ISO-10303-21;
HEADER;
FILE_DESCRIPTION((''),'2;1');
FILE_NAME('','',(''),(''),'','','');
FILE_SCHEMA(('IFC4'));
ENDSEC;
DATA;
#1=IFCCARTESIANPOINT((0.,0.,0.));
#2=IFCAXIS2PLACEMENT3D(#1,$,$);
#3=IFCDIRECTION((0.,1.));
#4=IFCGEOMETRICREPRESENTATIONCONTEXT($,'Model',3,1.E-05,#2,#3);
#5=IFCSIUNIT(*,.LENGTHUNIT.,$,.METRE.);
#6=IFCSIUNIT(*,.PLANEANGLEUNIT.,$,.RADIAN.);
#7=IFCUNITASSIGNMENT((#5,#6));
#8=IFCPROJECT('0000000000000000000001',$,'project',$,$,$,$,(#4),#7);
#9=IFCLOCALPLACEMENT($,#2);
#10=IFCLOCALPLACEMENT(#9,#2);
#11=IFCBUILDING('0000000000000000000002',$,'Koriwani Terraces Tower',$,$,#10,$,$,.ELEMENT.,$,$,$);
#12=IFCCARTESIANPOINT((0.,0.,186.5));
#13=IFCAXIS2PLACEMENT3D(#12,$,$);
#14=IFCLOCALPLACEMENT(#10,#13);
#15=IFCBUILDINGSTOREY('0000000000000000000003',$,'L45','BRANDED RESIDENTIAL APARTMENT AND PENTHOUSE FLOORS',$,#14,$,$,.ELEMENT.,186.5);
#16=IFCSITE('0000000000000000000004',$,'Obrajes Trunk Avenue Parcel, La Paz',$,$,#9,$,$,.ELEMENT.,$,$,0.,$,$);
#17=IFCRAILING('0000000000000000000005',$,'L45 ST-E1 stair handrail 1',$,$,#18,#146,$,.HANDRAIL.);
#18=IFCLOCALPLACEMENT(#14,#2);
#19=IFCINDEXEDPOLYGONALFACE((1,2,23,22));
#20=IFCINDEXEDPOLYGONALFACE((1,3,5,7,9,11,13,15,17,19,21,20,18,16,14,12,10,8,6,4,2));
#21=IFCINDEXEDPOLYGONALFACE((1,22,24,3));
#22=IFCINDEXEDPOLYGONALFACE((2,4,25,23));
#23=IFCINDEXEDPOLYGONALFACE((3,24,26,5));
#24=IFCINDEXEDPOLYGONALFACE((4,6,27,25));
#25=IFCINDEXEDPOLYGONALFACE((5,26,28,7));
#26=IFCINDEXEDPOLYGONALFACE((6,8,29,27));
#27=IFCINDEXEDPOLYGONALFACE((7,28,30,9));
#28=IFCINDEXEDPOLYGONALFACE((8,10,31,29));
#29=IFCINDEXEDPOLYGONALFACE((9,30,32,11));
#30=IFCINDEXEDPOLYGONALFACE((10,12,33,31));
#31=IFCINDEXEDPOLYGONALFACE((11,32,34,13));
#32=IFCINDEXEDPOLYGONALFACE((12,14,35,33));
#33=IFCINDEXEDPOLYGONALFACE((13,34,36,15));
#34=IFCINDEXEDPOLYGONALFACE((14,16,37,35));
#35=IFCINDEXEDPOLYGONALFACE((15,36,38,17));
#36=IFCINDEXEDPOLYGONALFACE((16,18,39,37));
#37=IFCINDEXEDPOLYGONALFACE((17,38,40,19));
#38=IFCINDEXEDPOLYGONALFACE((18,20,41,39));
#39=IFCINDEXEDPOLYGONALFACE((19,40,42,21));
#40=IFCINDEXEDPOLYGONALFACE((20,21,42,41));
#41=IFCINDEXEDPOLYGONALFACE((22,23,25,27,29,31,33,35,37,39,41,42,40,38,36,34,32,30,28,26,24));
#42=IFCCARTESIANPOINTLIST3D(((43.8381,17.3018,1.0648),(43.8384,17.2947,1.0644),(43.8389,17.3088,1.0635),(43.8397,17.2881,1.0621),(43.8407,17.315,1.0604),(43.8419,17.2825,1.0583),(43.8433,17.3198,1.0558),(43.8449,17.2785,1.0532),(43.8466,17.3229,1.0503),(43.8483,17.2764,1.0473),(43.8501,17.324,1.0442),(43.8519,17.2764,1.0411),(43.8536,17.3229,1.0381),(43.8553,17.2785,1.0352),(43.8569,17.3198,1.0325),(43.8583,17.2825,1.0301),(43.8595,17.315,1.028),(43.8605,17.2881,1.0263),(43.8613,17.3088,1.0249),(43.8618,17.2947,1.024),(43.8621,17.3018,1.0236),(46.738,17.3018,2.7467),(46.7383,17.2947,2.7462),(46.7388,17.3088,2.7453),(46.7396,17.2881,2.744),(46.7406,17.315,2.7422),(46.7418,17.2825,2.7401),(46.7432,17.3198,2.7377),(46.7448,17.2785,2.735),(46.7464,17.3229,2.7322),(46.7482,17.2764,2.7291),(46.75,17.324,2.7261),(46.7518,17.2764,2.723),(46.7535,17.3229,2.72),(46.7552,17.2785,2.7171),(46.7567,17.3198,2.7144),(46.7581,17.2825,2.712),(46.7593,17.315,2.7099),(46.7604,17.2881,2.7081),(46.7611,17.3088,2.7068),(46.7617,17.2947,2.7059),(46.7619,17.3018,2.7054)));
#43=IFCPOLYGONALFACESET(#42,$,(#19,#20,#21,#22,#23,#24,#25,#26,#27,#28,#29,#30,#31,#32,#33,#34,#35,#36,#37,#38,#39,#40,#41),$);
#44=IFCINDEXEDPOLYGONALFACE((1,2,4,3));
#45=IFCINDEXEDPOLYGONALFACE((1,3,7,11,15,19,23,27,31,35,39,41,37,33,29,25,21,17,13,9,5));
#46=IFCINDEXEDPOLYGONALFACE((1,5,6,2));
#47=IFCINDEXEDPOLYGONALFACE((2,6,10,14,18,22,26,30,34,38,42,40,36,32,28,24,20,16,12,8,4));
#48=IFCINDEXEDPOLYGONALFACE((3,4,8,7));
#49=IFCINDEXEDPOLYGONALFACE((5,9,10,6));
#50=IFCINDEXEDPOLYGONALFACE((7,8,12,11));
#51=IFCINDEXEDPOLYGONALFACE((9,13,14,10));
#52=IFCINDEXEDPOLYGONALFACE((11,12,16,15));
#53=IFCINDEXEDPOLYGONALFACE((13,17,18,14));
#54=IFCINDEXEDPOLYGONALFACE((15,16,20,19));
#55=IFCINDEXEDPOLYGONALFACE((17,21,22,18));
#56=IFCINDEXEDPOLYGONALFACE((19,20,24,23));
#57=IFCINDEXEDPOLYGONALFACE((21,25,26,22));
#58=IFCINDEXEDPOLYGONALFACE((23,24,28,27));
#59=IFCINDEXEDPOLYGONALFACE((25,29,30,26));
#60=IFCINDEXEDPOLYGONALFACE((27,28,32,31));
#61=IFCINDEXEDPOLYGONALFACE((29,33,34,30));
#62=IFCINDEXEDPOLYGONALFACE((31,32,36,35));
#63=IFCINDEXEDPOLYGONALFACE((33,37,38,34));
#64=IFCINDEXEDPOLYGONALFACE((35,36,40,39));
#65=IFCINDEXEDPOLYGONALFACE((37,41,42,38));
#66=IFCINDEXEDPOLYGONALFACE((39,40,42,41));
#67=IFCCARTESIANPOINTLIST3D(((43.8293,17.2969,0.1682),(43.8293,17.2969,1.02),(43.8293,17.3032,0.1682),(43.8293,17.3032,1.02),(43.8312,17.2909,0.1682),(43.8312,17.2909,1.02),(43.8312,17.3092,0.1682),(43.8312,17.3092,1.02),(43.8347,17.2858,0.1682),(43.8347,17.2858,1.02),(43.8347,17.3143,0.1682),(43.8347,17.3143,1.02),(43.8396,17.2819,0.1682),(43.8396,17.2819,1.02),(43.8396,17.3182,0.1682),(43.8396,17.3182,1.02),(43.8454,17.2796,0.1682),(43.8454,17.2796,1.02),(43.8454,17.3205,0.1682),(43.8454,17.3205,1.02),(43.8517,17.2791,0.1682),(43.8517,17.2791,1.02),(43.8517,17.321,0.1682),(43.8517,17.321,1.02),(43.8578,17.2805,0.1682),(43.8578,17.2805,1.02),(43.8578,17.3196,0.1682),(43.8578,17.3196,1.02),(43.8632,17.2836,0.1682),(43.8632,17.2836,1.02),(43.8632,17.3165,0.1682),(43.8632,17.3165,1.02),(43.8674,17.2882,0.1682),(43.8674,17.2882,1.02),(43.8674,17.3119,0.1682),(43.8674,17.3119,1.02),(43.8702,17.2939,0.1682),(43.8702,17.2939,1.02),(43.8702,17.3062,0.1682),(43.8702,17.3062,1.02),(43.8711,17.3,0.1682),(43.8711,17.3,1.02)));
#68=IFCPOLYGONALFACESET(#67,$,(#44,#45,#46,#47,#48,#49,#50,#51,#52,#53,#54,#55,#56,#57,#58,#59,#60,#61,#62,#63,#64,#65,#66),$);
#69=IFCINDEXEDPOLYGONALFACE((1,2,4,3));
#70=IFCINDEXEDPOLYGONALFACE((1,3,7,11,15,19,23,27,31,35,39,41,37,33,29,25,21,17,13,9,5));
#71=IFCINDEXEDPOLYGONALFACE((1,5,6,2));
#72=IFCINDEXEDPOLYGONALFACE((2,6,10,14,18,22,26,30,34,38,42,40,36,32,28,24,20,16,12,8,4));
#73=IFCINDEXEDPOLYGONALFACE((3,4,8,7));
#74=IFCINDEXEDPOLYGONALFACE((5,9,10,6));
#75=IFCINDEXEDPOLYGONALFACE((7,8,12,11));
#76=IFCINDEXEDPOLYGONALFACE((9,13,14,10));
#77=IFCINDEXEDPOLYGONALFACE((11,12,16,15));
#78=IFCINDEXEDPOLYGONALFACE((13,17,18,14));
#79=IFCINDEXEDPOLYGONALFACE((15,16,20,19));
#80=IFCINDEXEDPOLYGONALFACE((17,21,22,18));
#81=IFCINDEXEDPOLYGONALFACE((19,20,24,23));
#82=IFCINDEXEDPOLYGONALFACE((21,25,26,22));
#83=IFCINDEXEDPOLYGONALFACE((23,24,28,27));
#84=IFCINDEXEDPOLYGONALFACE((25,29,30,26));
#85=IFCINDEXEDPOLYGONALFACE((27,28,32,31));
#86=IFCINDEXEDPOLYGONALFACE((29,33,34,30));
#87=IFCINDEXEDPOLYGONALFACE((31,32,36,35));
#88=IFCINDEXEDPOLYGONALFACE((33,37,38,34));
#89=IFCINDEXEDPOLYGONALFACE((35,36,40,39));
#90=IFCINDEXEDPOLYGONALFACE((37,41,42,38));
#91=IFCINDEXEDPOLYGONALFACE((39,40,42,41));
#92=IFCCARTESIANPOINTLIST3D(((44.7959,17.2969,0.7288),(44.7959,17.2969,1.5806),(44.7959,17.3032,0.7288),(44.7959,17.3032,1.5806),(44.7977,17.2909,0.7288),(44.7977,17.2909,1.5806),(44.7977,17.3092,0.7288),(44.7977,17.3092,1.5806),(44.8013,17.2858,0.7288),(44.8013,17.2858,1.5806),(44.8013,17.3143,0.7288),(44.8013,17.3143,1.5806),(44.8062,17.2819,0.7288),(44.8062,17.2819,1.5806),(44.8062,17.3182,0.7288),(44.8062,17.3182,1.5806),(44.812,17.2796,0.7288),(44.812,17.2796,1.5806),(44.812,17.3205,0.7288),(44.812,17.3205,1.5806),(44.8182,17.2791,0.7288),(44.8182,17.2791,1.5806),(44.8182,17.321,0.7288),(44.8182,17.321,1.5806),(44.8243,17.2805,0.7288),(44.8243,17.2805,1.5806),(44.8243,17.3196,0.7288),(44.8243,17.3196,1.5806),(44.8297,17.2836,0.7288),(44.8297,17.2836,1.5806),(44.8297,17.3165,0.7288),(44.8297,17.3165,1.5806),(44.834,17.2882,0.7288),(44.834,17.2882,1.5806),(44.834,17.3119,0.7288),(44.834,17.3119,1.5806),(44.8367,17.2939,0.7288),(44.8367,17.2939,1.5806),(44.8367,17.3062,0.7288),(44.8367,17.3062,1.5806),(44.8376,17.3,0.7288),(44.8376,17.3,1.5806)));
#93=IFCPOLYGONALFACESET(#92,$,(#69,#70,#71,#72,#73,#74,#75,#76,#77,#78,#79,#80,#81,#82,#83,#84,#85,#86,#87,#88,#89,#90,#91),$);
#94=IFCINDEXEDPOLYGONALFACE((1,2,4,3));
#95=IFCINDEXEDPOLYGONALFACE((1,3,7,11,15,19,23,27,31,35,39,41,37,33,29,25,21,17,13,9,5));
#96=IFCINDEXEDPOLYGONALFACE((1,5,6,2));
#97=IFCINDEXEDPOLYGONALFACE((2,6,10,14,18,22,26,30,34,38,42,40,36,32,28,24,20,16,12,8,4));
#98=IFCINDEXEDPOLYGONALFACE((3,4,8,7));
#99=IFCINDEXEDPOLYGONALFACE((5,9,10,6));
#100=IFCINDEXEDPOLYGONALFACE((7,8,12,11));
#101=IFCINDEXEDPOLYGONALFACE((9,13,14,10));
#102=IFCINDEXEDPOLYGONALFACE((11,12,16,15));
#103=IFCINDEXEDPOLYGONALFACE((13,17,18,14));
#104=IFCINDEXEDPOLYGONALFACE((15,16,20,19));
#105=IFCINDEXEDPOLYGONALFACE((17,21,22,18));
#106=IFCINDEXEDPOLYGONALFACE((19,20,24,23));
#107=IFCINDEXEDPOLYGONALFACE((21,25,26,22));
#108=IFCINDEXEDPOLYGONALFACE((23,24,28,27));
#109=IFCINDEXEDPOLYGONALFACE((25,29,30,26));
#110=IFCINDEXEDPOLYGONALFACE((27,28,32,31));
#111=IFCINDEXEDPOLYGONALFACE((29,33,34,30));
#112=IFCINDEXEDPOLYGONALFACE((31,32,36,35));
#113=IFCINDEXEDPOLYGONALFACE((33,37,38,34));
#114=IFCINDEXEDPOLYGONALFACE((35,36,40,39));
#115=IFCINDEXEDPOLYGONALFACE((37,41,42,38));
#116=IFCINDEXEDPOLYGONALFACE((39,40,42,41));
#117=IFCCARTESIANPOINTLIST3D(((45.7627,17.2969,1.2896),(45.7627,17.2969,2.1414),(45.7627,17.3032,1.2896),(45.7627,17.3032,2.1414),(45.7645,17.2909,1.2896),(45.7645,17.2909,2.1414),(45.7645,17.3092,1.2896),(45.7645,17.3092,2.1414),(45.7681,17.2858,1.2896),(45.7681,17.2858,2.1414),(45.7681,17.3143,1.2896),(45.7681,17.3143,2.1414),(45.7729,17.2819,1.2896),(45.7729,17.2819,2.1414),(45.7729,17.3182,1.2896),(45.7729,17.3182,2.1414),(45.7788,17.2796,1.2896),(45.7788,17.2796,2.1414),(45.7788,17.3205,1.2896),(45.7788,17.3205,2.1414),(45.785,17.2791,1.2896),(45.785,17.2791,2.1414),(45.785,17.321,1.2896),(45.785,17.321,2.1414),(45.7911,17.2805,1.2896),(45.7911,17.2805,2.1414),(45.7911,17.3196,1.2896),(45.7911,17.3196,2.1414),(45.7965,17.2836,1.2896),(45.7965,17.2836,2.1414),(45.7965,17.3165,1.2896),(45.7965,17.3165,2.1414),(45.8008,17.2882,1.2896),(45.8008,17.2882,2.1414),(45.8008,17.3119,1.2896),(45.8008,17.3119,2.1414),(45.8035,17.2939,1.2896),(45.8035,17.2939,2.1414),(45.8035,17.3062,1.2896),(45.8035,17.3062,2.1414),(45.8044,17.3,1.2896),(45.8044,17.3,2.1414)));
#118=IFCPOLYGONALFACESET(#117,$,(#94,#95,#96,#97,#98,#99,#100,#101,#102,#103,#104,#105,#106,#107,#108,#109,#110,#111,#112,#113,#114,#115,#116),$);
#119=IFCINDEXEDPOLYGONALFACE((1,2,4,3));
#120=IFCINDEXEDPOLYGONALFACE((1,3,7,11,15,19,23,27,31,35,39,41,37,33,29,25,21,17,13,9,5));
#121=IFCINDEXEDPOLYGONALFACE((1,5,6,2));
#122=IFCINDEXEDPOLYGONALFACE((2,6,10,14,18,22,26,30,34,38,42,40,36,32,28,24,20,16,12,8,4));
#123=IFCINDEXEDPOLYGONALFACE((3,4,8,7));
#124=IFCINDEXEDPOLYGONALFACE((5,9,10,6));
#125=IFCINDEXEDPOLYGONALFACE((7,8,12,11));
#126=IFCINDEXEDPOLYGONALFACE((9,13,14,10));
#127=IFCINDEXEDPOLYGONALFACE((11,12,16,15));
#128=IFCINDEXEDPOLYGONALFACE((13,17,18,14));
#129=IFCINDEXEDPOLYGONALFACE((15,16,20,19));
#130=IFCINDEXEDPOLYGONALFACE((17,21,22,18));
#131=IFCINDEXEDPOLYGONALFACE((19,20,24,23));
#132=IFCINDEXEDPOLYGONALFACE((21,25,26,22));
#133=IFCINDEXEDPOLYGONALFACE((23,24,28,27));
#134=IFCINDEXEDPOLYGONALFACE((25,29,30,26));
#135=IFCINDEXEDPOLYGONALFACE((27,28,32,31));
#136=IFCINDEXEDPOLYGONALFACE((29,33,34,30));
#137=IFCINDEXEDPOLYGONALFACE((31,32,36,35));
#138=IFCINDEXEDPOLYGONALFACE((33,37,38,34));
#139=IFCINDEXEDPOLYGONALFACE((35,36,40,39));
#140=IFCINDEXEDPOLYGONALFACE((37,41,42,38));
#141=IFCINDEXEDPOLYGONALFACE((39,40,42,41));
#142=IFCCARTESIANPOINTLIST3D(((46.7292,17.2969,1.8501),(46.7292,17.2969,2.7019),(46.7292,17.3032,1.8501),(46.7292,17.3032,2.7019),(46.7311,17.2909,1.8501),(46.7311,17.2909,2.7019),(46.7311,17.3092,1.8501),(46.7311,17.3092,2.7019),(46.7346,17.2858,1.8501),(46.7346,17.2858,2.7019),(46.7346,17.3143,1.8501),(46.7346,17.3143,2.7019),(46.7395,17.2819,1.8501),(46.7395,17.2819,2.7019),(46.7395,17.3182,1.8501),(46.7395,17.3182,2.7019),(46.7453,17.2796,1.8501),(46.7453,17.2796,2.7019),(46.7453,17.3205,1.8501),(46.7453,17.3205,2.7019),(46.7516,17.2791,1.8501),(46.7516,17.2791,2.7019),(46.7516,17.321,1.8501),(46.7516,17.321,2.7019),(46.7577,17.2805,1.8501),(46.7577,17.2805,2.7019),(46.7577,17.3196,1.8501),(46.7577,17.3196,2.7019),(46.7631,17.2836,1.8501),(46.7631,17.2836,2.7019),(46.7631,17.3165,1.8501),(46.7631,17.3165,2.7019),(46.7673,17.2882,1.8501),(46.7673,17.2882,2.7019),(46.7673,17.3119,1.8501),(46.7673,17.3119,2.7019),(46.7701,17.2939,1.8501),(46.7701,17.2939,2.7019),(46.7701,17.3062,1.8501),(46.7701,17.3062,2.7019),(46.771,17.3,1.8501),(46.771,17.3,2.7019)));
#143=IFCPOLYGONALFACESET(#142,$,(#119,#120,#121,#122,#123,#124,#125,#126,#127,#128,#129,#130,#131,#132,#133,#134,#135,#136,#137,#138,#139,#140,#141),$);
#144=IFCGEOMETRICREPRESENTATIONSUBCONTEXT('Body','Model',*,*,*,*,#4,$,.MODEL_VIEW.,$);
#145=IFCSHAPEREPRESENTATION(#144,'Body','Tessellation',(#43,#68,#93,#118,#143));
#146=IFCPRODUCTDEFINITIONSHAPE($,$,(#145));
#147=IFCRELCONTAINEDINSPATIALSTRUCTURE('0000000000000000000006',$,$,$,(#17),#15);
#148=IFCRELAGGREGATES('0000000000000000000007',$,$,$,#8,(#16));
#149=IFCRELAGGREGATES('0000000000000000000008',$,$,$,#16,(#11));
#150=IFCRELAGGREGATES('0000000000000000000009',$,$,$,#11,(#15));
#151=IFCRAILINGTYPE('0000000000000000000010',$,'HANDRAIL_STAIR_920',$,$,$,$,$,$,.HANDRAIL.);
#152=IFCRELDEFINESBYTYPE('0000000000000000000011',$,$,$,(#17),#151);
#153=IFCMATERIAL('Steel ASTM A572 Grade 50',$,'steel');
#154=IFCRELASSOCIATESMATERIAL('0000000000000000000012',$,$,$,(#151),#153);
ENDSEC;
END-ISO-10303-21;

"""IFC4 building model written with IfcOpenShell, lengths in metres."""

from ifc_helpers import new_model, si_unit, direction, frame, origin, origin_2d, place, context, subcontext, project, spatial, circle, extrude, material, type_object, element, save


model = new_model("IFC4")

# Units and contexts
model_context = context("Model", 3, precision=1e-05, world=origin(), true_north=direction((0.0, 1.0)))
body_context = subcontext(model_context, "Body", "Model", "MODEL_VIEW")
ifc_project = project(units=[si_unit("LENGTHUNIT", "METRE"), si_unit("PLANEANGLEUNIT", "RADIAN")], contexts=[model_context])

# Site, building, storey
site_placement = place(None, origin())
site = spatial("IfcSite", under=ifc_project, at=site_placement, Name="Obrajes Trunk Avenue Parcel, La Paz", CompositionType="ELEMENT", RefElevation=0.0)
building_placement = place(site_placement, origin())
building = spatial("IfcBuilding", under=site, at=building_placement, Name="Koriwani Terraces Tower", CompositionType="ELEMENT")
storey_placement = place(building_placement, frame((0.0, 0.0, 186.5)))
storey = spatial("IfcBuildingStorey", under=building, at=storey_placement, Name="L45", Description="BRANDED RESIDENTIAL APARTMENT AND PENTHOUSE FLOORS", CompositionType="ELEMENT", Elevation=186.5)

# Shared definitions
ifc_material_1 = material(Name="Steel ASTM A572 Grade 50", Category="steel")

# Railing
railing_type_1 = type_object("IfcRailingType", Name="HANDRAIL_STAIR_920", PredefinedType="HANDRAIL", material=ifc_material_1)
railing_1_placement = place(storey_placement, frame((43.8501, 17.3, 0.1682)))
element("IfcRailing", 1, at=railing_1_placement, inside=storey, type_object=railing_type_1, Name="L45 ST-E1 stair handrail 1", PredefinedType="HANDRAIL", context=body_context, shape_type="SweptSolid", body=[
    extrude(circle(Radius=0.0239, at=origin_2d()), frame((0.0, 0.0, 0.876), z_axis=(0.865039, 0.0, 0.501705), x_axis=(0.0, 1.0, 0.0)), (0.0, 0.0, 1.0), 3.3523),
    extrude(circle(Radius=0.021, at=origin_2d()), origin(), (0.0, 0.0, 1.0), 0.8518),
    extrude(circle(Radius=0.021, at=origin_2d()), frame((0.9666, 0.0, 0.5605)), (0.0, 0.0, 1.0), 0.8518),
    extrude(circle(Radius=0.021, at=origin_2d()), frame((1.9333, 0.0, 1.1213)), (0.0, 0.0, 1.0), 0.8518),
    extrude(circle(Radius=0.021, at=origin_2d()), frame((2.8999, 0.0, 1.6819)), (0.0, 0.0, 1.0), 0.8518),
])

save(model, "model.ifc")
